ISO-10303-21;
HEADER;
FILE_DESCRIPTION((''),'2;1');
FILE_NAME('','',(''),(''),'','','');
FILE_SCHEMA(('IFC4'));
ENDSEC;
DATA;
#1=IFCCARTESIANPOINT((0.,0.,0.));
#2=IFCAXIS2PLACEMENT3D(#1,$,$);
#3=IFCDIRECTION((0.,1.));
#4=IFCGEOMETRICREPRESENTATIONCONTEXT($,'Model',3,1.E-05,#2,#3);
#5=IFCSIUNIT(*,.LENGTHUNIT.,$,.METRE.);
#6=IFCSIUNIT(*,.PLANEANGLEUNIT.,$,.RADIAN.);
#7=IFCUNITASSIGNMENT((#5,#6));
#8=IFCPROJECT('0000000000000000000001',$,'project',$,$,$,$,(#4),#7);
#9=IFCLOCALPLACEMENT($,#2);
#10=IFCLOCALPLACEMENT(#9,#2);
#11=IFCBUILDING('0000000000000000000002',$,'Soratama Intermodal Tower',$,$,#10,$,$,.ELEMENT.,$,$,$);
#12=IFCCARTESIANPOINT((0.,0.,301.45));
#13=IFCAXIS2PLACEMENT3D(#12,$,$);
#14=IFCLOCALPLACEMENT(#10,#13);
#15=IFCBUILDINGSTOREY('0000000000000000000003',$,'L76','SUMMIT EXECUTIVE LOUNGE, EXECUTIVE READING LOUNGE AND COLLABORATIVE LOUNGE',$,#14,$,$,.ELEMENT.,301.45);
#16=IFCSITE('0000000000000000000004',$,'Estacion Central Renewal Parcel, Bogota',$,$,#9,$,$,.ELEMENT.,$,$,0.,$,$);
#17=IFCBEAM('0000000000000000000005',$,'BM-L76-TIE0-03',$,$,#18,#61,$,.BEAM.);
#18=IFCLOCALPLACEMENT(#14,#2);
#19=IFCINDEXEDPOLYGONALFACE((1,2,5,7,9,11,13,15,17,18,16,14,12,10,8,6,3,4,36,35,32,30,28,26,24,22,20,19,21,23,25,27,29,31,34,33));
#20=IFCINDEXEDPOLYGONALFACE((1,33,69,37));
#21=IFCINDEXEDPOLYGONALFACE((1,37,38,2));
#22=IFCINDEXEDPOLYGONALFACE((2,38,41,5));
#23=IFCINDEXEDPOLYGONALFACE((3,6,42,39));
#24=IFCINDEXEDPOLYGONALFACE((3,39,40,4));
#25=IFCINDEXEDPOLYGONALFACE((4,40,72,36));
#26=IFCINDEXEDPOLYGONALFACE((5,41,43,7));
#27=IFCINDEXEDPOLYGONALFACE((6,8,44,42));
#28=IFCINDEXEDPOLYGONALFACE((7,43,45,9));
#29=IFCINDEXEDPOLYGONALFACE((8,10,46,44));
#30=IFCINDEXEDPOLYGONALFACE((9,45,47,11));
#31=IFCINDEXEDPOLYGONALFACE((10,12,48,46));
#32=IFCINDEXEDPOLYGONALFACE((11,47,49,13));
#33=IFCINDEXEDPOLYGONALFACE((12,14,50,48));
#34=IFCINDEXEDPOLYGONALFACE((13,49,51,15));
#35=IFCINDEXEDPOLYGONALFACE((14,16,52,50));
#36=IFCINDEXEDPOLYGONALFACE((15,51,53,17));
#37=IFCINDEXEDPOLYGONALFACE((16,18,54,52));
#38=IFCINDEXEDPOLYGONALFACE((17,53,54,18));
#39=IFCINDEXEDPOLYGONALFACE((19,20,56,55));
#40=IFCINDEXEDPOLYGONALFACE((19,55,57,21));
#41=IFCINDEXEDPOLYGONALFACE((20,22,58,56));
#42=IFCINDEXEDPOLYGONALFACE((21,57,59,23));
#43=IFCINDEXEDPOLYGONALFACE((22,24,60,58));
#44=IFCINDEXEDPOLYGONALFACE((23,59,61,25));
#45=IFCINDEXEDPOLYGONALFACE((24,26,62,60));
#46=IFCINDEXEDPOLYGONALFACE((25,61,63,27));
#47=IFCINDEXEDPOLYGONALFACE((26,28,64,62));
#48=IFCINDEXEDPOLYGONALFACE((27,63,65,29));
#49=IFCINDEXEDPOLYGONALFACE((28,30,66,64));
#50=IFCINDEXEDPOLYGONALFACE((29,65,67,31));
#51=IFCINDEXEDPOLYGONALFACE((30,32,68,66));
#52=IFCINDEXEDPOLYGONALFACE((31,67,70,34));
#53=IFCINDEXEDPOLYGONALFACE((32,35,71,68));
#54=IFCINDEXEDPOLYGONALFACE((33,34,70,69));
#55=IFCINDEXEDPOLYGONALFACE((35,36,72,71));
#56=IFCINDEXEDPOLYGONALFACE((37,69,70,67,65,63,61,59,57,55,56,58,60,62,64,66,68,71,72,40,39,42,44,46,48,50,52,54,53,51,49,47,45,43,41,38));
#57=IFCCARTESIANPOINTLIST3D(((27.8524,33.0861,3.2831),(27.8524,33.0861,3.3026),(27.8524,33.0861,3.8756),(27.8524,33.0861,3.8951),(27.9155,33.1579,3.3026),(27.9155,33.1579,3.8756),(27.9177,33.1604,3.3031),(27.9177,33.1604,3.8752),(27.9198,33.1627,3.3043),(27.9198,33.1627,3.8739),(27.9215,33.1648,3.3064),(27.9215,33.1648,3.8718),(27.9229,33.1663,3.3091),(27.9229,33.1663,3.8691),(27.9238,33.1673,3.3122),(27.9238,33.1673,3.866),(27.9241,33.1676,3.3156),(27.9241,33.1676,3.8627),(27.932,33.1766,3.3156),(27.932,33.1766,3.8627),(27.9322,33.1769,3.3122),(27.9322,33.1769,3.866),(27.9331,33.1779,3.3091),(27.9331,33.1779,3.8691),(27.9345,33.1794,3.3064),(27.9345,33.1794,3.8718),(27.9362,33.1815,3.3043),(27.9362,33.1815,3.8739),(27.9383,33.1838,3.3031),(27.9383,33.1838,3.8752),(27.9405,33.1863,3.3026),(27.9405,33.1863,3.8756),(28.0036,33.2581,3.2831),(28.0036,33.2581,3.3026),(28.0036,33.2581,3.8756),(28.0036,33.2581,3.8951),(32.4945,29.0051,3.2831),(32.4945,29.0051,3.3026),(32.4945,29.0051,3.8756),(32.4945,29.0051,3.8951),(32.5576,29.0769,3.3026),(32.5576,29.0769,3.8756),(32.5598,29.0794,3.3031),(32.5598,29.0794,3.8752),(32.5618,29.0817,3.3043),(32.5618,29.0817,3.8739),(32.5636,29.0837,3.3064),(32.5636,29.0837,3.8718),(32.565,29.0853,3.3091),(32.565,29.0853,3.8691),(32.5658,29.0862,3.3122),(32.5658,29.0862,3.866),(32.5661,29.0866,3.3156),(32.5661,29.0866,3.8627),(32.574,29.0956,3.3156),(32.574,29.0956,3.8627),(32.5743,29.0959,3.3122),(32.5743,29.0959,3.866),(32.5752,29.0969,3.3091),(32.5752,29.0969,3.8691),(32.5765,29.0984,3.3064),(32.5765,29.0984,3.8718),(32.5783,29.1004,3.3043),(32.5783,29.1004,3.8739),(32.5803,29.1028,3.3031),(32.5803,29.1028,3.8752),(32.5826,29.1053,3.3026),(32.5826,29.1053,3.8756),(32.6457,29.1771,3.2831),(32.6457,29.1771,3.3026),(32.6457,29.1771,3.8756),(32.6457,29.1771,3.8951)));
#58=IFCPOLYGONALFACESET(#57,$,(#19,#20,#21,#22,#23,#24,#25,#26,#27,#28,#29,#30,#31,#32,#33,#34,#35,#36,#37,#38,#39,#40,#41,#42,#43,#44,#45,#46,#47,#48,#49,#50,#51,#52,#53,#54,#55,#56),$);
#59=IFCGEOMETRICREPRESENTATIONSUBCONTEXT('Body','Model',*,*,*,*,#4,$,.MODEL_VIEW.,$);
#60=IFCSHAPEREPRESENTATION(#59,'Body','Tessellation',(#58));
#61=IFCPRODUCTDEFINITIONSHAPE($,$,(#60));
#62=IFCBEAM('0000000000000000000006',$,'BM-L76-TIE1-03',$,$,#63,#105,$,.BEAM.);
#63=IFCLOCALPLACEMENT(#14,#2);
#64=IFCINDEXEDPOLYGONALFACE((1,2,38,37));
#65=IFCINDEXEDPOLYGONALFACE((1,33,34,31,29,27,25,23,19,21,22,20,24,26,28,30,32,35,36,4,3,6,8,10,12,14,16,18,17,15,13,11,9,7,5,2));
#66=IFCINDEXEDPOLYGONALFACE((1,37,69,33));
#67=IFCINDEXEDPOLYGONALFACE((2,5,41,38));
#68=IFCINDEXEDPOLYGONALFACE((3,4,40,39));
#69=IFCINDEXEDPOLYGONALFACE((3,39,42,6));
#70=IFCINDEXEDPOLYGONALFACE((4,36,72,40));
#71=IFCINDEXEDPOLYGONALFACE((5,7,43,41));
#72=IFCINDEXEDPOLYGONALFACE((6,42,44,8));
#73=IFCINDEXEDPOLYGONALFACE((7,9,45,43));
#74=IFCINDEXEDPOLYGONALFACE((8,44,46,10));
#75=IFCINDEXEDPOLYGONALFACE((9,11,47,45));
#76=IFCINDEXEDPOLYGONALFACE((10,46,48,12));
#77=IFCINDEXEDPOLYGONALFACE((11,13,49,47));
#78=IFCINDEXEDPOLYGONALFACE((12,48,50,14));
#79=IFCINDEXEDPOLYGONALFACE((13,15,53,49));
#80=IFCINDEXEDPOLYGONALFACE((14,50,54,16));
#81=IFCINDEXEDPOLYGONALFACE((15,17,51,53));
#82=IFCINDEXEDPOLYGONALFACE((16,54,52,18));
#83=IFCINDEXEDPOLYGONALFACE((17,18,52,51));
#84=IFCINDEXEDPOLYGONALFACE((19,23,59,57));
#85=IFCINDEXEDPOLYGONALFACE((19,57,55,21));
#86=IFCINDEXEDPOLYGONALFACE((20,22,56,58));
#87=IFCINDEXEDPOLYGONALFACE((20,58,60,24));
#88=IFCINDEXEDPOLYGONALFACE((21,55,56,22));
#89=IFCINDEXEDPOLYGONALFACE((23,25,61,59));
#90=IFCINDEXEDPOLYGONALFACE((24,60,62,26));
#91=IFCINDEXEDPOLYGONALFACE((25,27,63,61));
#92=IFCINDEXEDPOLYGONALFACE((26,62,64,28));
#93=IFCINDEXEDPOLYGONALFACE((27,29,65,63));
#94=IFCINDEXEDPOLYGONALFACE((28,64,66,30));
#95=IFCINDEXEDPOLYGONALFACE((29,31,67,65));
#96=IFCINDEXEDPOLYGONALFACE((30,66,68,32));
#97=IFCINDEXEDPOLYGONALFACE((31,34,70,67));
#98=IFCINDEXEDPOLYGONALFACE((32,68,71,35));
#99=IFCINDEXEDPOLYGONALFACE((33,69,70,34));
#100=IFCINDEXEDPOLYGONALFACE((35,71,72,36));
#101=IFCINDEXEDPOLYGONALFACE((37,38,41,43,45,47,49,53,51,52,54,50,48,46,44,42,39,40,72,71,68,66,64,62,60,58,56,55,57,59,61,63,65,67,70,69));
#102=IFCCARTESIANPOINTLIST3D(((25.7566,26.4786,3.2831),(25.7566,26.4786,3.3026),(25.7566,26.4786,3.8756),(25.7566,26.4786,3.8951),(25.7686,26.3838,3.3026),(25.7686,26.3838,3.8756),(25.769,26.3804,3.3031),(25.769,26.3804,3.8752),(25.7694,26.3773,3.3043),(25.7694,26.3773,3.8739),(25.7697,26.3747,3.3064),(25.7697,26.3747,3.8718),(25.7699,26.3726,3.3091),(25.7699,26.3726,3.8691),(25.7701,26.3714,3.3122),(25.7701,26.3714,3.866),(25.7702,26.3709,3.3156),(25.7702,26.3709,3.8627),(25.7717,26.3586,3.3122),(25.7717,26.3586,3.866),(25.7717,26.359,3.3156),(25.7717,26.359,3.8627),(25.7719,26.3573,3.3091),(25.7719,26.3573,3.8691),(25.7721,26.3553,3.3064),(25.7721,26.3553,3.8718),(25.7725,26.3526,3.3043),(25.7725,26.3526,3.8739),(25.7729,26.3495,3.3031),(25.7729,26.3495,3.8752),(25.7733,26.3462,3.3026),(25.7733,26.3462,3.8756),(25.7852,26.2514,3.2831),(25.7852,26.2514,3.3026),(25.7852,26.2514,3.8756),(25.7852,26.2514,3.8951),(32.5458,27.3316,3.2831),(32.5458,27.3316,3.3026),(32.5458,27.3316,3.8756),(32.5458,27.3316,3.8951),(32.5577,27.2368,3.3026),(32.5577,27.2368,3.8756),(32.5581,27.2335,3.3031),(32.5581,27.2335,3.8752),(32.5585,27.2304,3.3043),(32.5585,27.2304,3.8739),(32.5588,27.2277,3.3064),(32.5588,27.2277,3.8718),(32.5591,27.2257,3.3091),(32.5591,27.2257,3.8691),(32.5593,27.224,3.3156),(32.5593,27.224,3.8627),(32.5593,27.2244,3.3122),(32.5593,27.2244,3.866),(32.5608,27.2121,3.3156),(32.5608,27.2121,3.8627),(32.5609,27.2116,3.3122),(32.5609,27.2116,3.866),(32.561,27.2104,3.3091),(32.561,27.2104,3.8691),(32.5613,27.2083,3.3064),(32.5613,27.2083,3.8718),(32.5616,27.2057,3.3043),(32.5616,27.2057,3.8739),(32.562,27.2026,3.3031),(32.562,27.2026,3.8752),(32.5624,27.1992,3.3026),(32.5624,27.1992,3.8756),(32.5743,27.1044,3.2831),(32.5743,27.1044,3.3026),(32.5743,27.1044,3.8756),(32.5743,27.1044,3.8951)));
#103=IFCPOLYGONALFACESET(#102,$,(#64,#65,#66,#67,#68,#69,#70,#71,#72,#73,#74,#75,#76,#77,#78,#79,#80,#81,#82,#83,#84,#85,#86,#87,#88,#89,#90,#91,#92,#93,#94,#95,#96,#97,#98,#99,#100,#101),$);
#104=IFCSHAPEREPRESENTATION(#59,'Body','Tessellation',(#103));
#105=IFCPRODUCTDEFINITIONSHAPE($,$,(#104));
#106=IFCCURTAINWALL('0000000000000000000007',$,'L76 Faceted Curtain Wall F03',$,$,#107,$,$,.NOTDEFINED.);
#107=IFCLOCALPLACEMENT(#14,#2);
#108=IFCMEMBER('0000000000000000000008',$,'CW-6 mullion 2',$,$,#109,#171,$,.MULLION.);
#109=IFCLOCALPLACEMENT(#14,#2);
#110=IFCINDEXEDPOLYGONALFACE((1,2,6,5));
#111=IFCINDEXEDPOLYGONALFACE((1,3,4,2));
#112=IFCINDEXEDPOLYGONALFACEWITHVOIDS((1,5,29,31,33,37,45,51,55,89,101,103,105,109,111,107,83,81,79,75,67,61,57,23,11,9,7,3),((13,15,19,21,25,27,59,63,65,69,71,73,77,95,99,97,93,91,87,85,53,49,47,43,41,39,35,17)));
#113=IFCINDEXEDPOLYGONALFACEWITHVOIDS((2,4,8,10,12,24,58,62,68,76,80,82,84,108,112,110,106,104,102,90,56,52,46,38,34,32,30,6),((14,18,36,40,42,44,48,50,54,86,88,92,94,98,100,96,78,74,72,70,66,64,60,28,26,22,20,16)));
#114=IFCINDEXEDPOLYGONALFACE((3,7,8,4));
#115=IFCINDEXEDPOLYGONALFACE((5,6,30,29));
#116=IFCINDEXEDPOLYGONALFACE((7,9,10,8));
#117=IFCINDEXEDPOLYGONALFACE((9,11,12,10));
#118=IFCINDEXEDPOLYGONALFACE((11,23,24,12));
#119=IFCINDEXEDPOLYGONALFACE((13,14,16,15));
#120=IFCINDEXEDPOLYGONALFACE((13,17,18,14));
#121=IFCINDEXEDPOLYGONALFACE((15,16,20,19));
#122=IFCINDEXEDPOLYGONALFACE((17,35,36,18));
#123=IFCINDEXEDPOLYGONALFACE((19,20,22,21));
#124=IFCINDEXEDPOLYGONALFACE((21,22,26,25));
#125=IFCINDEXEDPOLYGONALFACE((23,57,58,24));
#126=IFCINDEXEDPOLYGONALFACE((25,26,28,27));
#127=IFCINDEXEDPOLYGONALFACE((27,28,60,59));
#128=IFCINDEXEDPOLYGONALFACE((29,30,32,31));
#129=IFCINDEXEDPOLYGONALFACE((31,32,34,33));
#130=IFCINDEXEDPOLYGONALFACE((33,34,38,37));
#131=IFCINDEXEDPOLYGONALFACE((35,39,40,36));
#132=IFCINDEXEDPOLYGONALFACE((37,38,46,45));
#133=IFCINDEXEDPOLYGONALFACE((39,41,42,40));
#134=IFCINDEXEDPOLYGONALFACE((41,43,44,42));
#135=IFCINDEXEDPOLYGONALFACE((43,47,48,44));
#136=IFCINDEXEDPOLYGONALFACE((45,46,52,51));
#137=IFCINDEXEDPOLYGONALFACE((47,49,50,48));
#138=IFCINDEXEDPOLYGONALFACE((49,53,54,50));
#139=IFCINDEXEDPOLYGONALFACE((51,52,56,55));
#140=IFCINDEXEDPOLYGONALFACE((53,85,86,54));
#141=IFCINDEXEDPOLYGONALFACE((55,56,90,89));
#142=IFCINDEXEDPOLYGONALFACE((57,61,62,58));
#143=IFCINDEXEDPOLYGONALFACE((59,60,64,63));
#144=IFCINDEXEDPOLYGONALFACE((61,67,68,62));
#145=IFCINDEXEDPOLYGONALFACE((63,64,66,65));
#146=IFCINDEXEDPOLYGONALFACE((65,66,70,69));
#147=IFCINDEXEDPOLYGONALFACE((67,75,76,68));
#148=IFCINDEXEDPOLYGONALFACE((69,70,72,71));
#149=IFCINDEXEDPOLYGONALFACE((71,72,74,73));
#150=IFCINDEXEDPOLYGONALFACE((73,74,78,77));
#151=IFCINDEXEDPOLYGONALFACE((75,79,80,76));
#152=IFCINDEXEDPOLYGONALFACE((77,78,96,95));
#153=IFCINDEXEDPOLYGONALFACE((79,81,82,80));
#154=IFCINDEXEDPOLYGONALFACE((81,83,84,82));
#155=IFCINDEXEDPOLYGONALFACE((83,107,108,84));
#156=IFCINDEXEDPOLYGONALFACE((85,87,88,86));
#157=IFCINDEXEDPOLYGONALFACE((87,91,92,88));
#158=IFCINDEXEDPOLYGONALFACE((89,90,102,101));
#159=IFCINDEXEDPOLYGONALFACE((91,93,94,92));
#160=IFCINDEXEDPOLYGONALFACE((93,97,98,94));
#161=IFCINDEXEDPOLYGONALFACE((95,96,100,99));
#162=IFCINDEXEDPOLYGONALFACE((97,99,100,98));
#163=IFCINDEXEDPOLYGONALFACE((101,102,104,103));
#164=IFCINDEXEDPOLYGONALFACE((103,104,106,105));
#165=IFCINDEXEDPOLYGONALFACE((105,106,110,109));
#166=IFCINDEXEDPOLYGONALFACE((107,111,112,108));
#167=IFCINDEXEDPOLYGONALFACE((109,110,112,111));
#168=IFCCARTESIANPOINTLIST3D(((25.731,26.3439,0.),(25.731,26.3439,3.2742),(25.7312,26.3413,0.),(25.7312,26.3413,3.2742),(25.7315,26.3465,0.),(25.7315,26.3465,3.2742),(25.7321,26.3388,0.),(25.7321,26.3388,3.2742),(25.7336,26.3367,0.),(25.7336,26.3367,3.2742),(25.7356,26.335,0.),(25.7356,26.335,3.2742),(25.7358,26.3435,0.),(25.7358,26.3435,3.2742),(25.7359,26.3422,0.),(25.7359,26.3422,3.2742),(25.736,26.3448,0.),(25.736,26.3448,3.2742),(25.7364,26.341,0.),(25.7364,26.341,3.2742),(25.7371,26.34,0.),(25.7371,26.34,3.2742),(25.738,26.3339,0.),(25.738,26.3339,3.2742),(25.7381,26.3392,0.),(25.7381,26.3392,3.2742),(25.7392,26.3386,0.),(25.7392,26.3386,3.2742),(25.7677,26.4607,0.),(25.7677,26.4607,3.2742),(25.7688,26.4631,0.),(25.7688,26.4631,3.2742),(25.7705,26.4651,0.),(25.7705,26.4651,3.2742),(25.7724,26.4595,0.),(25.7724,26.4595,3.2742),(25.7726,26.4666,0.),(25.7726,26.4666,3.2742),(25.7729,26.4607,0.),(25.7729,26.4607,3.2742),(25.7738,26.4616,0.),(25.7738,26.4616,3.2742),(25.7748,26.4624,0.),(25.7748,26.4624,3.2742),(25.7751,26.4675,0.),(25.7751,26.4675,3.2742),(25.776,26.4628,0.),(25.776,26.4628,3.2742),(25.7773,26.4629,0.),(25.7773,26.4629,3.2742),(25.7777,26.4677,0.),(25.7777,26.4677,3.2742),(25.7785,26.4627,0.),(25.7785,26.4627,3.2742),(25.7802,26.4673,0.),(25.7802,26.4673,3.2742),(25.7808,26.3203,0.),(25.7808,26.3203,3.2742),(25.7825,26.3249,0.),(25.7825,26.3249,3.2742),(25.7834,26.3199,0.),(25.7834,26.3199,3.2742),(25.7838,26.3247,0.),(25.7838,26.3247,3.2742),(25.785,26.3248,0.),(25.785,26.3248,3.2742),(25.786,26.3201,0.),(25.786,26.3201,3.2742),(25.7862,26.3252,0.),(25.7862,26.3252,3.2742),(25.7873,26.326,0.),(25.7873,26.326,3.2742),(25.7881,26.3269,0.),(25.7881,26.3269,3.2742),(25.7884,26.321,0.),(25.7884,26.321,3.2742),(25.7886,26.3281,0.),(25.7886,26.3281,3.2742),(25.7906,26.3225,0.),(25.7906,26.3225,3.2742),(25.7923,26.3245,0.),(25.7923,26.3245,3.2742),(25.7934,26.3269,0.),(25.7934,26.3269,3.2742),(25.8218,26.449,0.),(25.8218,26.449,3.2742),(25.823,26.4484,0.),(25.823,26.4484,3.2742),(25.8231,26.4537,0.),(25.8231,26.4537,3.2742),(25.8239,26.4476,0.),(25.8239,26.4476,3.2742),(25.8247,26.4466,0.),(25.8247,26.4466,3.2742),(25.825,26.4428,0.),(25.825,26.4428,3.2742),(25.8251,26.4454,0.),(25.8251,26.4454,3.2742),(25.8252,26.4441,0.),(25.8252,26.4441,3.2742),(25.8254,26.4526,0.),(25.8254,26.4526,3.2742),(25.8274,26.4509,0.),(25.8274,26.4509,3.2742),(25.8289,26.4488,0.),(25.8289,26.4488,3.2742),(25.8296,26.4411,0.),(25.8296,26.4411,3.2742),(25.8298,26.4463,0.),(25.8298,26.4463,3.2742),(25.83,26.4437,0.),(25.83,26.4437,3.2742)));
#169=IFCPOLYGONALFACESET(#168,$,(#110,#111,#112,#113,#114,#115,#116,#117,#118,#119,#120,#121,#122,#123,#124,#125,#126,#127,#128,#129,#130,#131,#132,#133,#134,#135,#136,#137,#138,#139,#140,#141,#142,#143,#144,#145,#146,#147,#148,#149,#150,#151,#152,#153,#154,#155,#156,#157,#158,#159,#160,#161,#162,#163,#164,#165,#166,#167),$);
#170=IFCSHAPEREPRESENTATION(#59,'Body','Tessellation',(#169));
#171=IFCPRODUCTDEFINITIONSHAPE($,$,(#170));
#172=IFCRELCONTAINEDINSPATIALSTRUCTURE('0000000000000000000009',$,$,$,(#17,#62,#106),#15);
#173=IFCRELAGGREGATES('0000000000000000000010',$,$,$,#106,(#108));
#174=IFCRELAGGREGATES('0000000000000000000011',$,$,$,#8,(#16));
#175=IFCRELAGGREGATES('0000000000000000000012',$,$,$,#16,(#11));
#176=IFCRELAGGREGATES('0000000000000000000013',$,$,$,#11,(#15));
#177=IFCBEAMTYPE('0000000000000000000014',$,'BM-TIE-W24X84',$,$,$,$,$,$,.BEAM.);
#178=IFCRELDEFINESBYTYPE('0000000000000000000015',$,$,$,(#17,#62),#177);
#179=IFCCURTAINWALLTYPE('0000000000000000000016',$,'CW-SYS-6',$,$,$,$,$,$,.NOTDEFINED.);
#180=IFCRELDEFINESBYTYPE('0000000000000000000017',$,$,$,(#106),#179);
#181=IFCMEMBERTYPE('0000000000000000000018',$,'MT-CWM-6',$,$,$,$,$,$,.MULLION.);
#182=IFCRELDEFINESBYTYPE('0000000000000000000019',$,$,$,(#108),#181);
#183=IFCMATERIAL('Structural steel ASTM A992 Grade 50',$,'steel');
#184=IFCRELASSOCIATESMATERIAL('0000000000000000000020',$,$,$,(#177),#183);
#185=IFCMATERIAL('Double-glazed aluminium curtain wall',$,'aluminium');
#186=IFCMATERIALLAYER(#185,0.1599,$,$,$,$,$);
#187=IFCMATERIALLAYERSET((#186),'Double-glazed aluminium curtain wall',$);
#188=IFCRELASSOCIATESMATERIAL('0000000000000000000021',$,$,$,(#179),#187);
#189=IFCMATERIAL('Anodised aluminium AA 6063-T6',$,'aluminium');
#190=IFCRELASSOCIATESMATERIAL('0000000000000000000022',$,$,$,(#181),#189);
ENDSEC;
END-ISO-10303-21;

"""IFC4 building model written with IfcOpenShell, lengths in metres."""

from ifc_helpers import new_model, si_unit, direction, frame, origin, origin_2d, place, context, subcontext, project, spatial, hollow_rectangle, i_section, extrude, material, layer, layer_set, material_profile, profile_set, type_object, element, aggregate, save


model = new_model("IFC4")

# Units and contexts
model_context = context("Model", 3, precision=1e-05, world=origin(), true_north=direction((0.0, 1.0)))
body_context = subcontext(model_context, "Body", "Model", "MODEL_VIEW")
ifc_project = project(units=[si_unit("LENGTHUNIT", "METRE"), si_unit("PLANEANGLEUNIT", "RADIAN")], contexts=[model_context])

# Site, building, storey
site_placement = place(None, origin())
site = spatial("IfcSite", under=ifc_project, at=site_placement, Name="Estacion Central Renewal Parcel, Bogota", CompositionType="ELEMENT", RefElevation=0.0)
building_placement = place(site_placement, origin())
building = spatial("IfcBuilding", under=site, at=building_placement, Name="Soratama Intermodal Tower", CompositionType="ELEMENT")
storey_placement = place(building_placement, frame((0.0, 0.0, 301.45)))
storey = spatial("IfcBuildingStorey", under=building, at=storey_placement, Name="L76", Description="SUMMIT EXECUTIVE LOUNGE, EXECUTIVE READING LOUNGE AND COLLABORATIVE LOUNGE", CompositionType="ELEMENT", Elevation=301.45)

# Beams
ifc_material_1 = material(Name="Structural steel ASTM A992 Grade 50", Category="steel")
ifc_material_profile_1 = material_profile(ifc_material_1, i_section(OverallWidth=0.229, OverallDepth=0.6121, WebThickness=0.012, FlangeThickness=0.0195, FilletRadius=0.0129, at=origin_2d()), Name="W24X84")
ifc_profile_set_1 = profile_set([ifc_material_profile_1], Name="Structural steel ASTM A992 Grade 50")
beam_type_1 = type_object("IfcBeamType", Name="BM-TIE-W24X84", PredefinedType="BEAM", material=ifc_profile_set_1)
beam_1_placement = place(storey_placement, frame((32.5701, 29.0911, 3.5891), z_axis=(-0.751033, 0.660265, 0.0), x_axis=(-0.660265, -0.751033, 0.0)))
element("IfcBeam", 1, at=beam_1_placement, inside=storey, type_object=beam_type_1, Name="BM-L76-TIE0-03", PredefinedType="BEAM", context=body_context, shape_type="SweptSolid", body=[
    extrude(i_section(OverallWidth=0.229, OverallDepth=0.6121, WebThickness=0.012, FlangeThickness=0.0195, FilletRadius=0.0129, at=origin_2d()), origin(), (0.0, 0.0, 1.0), 6.1809),
])
beam_2_placement = place(storey_placement, frame((32.5601, 27.218, 3.5891), z_axis=(-0.992199, -0.124667, 0.0), x_axis=(0.124667, -0.992199, 0.0)))
element("IfcBeam", 2, at=beam_2_placement, inside=storey, type_object=beam_type_1, Name="BM-L76-TIE1-03", PredefinedType="BEAM", context=body_context, shape_type="SweptSolid", body=[
    extrude(i_section(OverallWidth=0.229, OverallDepth=0.6121, WebThickness=0.012, FlangeThickness=0.0195, FilletRadius=0.0129, at=origin_2d()), origin(), (0.0, 0.0, 1.0), 6.8425),
])

# Curtain wall, member
ifc_material_2 = material(Name="Double-glazed aluminium curtain wall", Category="aluminium")
ifc_layer_1 = layer(ifc_material_2, 0.1599)
ifc_layer_set_1 = layer_set([ifc_layer_1], Name="Double-glazed aluminium curtain wall")
curtain_wall_type = type_object("IfcCurtainWallType", Name="CW-SYS-6", PredefinedType="NOTDEFINED", material=ifc_layer_set_1)
curtain_wall_placement = place(storey_placement, origin())
curtain_wall = element("IfcCurtainWall", 3, at=curtain_wall_placement, inside=storey, type_object=curtain_wall_type, Name="L76 Faceted Curtain Wall F03", PredefinedType="NOTDEFINED")
ifc_material_3 = material(Name="Anodised aluminium AA 6063-T6", Category="aluminium")
ifc_material_profile_2 = material_profile(ifc_material_3, hollow_rectangle(XDim=0.0649, YDim=0.1399, WallThickness=0.0049, InnerFilletRadius=0.0049, OuterFilletRadius=0.01, at=origin_2d()), Name="CWM140X65X5")
ifc_profile_set_2 = profile_set([ifc_material_profile_2], Name="Anodised aluminium AA 6063-T6")
member_type_1 = type_object("IfcMemberType", Name="MT-CWM-6", PredefinedType="MULLION", material=ifc_profile_set_2)
member_1_placement = place(storey_placement, frame((25.7805, 26.3938, 0.0), z_axis=(0.0, 0.0, 1.0), x_axis=(0.953296, -0.302037, 0.0)))
member_1 = element("IfcMember", 4, at=member_1_placement, type_object=member_type_1, Name="CW-6 mullion 2", PredefinedType="MULLION", context=body_context, shape_type="SweptSolid", body=[
    extrude(hollow_rectangle(XDim=0.0649, YDim=0.1399, WallThickness=0.0049, InnerFilletRadius=0.0049, OuterFilletRadius=0.01, at=origin_2d()), origin(), (0.0, 0.0, 1.0), 3.2742),
])
aggregate(curtain_wall, [member_1])

save(model, "model.ifc")
